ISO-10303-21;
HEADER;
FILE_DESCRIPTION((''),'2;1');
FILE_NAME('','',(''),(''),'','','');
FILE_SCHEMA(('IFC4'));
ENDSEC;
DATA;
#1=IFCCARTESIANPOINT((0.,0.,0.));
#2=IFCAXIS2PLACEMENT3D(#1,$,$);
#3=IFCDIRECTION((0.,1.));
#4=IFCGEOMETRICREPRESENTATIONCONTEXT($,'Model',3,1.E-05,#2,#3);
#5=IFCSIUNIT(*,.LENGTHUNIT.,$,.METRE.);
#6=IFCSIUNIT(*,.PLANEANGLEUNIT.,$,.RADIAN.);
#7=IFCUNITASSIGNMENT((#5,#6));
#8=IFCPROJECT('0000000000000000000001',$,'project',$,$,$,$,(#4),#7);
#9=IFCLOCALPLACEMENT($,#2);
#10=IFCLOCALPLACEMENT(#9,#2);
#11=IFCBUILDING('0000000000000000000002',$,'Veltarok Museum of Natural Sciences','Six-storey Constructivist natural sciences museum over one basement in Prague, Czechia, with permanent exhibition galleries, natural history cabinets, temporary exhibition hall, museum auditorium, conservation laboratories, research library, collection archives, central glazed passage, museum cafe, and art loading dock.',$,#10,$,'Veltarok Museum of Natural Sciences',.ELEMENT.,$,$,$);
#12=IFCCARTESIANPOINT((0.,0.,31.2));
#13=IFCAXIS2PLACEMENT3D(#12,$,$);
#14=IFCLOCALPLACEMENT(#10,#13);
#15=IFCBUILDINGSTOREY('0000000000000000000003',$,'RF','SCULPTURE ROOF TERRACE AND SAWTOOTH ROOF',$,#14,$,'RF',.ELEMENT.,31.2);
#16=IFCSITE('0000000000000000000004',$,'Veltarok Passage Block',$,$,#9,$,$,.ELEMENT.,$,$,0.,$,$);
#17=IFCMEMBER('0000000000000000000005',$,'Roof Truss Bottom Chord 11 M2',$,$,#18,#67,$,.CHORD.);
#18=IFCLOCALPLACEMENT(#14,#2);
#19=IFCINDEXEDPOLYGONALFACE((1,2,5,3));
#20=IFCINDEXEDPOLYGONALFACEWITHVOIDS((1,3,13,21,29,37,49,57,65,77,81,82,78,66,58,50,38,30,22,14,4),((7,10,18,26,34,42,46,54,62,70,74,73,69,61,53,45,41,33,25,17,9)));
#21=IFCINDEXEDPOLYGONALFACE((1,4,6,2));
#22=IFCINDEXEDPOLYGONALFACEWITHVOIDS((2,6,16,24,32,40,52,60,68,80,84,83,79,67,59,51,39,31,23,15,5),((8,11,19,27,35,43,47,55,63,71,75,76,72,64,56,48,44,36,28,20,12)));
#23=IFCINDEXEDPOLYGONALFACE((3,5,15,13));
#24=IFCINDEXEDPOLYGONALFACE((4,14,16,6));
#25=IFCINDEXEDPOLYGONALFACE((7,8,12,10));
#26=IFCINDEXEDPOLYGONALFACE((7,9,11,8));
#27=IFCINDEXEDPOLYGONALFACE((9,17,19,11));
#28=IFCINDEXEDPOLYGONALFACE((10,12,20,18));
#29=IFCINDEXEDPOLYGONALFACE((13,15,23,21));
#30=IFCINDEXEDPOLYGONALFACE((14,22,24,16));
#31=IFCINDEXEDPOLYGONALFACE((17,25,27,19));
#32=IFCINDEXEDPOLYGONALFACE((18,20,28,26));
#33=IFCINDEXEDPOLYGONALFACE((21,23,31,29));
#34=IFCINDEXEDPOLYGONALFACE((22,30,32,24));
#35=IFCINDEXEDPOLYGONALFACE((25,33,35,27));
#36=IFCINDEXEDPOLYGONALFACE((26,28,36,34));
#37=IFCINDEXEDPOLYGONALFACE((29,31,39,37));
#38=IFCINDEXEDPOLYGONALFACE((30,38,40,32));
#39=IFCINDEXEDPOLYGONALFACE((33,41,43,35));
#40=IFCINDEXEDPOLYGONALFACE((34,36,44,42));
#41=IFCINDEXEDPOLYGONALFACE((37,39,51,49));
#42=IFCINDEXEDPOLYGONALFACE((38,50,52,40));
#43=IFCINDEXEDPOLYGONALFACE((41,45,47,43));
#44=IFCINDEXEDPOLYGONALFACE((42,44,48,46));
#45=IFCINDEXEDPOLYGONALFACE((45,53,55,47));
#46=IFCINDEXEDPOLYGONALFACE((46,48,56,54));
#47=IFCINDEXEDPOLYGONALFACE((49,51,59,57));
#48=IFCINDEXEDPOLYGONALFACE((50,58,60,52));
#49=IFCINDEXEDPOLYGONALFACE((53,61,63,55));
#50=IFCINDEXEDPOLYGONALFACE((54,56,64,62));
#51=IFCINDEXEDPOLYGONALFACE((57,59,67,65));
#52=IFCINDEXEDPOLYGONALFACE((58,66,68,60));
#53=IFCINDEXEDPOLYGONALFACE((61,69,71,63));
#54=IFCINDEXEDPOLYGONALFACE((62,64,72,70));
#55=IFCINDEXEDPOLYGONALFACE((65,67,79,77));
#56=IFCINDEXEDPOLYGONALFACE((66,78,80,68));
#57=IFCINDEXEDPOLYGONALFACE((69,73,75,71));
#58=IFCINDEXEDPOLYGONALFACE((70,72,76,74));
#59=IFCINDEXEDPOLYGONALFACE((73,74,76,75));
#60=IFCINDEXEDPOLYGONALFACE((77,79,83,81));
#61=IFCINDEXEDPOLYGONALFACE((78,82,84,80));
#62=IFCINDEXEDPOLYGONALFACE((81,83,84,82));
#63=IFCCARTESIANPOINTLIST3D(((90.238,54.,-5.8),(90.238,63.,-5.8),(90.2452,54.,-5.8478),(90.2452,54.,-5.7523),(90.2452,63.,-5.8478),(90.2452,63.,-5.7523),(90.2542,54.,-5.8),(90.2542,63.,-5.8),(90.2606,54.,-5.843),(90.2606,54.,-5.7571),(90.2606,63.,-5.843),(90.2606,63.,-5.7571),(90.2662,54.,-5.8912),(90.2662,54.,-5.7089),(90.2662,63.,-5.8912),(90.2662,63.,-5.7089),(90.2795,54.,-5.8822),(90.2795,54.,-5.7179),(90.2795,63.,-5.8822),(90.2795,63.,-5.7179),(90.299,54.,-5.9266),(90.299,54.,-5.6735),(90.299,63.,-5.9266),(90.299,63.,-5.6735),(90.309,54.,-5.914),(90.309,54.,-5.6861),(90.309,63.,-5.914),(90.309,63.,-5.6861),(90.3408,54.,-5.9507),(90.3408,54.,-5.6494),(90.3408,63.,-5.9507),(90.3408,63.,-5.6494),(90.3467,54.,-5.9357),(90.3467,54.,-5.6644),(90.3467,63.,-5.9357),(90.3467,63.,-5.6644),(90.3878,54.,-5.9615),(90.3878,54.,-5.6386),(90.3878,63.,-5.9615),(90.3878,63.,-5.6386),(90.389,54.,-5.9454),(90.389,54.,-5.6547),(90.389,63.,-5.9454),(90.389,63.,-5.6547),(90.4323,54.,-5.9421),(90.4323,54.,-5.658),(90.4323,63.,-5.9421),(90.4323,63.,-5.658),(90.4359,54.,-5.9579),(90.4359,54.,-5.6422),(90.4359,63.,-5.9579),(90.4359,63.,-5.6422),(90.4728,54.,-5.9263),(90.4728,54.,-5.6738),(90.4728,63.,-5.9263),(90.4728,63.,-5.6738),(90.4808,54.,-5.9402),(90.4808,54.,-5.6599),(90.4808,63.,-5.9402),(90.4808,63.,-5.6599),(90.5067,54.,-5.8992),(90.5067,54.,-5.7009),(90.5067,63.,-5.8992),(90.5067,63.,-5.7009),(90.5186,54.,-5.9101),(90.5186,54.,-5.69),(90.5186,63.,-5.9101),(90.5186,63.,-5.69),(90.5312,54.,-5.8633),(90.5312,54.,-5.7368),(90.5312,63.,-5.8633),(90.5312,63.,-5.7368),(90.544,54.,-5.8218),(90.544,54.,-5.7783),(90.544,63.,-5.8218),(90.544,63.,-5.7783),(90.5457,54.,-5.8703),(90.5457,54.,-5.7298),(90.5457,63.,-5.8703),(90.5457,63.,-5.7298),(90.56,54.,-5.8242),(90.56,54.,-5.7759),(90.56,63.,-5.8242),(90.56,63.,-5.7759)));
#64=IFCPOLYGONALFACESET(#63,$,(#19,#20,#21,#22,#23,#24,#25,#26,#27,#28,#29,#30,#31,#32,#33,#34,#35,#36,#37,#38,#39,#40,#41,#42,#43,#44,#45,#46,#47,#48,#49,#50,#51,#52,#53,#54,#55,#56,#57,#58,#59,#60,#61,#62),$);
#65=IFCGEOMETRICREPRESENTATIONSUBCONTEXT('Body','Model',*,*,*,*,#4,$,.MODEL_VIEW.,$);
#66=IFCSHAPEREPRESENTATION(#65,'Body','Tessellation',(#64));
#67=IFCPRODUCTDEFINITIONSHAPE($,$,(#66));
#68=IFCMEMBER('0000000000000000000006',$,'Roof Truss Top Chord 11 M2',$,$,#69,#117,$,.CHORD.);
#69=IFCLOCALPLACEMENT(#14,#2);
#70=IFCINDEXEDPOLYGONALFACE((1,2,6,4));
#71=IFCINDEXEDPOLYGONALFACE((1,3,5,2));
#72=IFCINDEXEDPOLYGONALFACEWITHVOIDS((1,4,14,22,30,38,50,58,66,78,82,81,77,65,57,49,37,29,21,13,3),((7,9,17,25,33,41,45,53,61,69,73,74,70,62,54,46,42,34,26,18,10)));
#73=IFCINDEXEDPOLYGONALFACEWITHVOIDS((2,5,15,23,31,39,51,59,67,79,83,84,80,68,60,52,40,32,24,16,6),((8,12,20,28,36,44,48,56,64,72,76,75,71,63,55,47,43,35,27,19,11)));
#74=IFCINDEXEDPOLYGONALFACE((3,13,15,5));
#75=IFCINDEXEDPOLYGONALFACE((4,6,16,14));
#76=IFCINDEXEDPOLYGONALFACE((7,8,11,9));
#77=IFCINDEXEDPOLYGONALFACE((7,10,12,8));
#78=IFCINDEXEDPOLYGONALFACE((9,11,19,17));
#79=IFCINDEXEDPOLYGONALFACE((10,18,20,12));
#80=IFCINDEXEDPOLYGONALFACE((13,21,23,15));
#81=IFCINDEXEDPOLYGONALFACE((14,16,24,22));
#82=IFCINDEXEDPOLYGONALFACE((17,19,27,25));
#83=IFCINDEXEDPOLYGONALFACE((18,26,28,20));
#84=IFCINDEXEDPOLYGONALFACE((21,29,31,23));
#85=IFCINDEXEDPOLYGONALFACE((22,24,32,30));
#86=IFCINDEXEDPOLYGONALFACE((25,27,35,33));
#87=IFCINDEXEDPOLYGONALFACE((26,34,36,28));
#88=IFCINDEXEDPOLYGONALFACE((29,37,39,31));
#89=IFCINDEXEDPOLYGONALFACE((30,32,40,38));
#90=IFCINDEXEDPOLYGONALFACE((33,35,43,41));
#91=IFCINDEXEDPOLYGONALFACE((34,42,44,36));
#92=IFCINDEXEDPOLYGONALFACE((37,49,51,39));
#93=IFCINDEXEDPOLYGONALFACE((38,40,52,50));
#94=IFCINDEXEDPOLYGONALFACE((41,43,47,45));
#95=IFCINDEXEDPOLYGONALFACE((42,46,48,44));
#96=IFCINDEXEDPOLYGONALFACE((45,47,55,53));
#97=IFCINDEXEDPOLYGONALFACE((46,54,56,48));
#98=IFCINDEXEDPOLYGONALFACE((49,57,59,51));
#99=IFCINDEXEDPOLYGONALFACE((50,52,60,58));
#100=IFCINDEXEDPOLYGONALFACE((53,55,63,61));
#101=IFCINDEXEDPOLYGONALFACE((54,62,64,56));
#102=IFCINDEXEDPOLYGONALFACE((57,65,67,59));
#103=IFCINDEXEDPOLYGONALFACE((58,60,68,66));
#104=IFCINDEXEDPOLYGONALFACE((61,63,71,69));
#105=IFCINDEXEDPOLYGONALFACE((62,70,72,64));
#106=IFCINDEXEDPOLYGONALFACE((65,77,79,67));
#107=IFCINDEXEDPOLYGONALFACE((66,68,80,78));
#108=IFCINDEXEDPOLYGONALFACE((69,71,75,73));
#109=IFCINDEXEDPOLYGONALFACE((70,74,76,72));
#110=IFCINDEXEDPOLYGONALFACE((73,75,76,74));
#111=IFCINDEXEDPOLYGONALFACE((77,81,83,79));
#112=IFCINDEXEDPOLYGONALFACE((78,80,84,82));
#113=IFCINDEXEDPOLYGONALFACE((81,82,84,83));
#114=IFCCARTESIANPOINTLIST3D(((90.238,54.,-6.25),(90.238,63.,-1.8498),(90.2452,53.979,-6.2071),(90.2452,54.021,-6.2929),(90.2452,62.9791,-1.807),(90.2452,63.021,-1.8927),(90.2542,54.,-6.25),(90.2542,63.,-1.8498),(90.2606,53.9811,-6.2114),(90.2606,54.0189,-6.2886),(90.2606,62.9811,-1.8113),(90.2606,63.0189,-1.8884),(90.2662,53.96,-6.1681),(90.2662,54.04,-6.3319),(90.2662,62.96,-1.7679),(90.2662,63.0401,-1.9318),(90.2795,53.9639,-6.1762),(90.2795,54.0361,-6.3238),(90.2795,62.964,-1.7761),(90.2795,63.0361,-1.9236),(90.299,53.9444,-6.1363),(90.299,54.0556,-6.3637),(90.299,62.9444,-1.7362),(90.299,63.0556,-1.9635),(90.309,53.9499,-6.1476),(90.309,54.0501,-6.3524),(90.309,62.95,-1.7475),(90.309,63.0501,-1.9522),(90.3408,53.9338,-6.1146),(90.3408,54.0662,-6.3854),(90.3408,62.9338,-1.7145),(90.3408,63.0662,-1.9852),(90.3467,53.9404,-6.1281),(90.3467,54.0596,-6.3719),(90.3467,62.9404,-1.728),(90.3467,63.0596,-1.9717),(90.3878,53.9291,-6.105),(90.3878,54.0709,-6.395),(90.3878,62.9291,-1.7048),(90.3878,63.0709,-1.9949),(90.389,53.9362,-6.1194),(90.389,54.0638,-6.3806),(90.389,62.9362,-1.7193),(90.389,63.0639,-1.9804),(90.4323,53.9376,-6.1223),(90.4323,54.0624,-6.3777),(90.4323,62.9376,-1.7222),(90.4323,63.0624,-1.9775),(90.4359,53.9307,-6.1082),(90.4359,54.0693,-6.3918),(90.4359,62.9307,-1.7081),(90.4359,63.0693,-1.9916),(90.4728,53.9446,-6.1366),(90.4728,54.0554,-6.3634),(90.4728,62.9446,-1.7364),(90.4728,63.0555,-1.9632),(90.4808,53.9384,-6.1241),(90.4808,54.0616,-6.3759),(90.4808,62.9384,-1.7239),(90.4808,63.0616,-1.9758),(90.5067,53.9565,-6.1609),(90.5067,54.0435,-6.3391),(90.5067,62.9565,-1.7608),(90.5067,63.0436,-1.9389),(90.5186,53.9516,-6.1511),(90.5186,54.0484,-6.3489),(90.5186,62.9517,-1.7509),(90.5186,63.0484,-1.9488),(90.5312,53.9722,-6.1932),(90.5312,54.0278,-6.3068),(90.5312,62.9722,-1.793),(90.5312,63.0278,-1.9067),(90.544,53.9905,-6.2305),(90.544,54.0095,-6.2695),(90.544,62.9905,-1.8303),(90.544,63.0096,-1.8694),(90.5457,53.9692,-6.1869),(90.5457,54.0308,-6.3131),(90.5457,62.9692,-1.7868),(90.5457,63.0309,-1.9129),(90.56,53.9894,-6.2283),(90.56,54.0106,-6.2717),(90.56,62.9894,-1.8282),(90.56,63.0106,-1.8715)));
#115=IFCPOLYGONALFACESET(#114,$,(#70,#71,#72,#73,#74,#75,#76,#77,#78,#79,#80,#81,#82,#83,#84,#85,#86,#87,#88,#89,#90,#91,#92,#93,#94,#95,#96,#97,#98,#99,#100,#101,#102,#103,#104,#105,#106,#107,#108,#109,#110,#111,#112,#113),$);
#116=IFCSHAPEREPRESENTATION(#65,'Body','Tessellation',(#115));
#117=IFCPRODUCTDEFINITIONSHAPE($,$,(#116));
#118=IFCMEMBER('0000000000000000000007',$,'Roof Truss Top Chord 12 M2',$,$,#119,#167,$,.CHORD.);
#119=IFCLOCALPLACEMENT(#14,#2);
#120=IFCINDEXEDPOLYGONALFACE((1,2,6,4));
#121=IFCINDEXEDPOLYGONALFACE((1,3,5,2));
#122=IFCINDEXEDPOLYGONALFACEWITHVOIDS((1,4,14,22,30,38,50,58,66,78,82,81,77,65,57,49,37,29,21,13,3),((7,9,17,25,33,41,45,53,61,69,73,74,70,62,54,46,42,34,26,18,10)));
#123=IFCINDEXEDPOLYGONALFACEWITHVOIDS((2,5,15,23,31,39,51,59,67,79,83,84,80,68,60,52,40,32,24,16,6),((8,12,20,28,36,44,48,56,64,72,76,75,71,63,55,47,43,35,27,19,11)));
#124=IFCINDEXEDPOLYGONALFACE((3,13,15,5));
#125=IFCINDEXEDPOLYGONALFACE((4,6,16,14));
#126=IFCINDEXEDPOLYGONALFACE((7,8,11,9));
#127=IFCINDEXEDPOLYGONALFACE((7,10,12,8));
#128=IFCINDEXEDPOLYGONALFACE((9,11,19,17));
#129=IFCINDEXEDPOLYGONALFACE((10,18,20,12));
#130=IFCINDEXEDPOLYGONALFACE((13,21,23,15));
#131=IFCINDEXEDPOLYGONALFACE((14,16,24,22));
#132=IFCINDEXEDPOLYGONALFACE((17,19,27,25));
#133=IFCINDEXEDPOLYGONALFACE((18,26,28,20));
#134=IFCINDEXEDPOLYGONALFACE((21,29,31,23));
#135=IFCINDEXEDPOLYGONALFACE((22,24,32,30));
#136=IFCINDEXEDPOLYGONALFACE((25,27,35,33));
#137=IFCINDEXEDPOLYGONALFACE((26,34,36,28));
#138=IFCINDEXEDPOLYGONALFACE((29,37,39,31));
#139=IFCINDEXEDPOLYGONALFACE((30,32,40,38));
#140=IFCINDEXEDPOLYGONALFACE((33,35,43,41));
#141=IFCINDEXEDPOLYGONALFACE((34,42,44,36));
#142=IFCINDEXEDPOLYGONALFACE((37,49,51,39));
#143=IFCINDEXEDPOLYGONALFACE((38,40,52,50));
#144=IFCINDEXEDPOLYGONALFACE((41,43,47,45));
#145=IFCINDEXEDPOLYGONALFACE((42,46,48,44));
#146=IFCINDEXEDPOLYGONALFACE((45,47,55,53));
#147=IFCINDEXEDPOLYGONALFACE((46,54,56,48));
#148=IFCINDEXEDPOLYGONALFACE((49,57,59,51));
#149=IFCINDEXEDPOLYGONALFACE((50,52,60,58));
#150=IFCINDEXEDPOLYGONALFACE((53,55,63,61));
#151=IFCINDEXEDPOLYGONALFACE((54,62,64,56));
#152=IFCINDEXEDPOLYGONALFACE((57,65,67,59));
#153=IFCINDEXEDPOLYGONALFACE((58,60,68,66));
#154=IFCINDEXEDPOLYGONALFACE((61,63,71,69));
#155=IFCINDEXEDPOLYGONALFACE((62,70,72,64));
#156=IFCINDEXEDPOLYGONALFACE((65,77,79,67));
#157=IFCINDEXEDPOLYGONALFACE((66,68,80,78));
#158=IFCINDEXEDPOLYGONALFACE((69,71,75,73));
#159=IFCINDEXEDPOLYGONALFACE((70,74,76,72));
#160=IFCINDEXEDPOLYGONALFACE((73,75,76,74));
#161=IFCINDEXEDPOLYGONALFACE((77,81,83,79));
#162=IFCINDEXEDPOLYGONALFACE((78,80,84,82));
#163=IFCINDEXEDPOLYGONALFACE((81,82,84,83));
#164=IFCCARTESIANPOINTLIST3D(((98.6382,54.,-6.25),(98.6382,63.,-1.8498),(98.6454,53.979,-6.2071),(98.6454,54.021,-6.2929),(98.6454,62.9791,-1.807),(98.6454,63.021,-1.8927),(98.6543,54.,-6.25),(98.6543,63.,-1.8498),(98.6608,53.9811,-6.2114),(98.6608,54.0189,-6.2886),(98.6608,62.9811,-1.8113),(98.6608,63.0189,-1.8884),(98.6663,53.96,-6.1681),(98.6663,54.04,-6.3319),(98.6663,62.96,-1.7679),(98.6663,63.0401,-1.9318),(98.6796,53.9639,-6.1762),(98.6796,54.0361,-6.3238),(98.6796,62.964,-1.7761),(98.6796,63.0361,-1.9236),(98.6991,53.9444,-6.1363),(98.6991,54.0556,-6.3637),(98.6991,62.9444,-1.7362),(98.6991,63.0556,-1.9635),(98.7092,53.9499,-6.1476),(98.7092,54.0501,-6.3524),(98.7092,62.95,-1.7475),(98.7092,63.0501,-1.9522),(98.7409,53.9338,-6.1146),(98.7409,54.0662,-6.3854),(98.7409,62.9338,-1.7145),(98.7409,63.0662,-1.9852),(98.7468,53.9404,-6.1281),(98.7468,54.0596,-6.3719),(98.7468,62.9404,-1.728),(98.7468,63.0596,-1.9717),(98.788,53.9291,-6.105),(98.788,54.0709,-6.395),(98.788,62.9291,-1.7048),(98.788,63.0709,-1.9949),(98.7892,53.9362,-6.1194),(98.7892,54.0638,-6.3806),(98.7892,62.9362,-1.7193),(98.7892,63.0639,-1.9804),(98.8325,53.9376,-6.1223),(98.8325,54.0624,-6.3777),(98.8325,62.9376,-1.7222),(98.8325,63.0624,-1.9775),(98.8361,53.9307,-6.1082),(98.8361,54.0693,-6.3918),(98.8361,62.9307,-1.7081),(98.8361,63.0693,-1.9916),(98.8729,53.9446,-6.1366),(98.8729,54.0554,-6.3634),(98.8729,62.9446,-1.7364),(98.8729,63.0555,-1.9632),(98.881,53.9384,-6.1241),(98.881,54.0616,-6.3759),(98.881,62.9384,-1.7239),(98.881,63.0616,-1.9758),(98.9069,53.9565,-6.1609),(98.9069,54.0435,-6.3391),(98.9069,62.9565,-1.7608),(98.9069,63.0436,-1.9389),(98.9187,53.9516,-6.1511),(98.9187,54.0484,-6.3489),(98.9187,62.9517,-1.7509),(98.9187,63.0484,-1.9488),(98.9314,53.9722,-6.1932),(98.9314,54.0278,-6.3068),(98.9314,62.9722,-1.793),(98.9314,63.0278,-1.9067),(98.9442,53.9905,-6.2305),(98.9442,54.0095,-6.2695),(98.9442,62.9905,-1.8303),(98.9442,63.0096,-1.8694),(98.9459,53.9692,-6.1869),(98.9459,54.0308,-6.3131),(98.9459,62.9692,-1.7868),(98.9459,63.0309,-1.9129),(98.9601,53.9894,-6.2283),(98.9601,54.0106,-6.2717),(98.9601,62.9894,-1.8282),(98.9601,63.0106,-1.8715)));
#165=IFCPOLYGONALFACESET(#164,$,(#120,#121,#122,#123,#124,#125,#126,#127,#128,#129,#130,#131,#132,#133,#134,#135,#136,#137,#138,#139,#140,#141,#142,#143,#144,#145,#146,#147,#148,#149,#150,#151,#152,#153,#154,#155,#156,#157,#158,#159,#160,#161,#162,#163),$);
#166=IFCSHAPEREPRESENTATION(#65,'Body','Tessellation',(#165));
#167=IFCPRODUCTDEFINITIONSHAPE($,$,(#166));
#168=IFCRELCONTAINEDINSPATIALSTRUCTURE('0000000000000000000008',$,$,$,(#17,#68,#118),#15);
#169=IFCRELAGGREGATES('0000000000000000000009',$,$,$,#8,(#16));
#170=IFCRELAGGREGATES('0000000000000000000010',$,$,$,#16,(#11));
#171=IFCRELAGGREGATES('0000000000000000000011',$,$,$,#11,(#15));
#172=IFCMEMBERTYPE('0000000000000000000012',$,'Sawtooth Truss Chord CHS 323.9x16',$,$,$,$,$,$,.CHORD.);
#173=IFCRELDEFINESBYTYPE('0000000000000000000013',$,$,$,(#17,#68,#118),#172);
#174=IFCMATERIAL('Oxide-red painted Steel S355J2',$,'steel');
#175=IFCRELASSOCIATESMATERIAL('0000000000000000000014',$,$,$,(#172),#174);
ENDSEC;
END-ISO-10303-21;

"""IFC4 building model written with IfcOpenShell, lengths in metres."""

from ifc_helpers import new_model, si_unit, direction, frame, origin, origin_2d, place, context, subcontext, project, spatial, hollow_circle, extrude, material, material_profile, profile_set, type_object, element, save


model = new_model("IFC4")

# Units and contexts
model_context = context("Model", 3, precision=1e-05, world=origin(), true_north=direction((0.0, 1.0)))
body_context = subcontext(model_context, "Body", "Model", "MODEL_VIEW")
ifc_project = project(units=[si_unit("LENGTHUNIT", "METRE"), si_unit("PLANEANGLEUNIT", "RADIAN")], contexts=[model_context])

# Site, building, storey
site_placement = place(None, origin())
site = spatial("IfcSite", under=ifc_project, at=site_placement, Name="Veltarok Passage Block", CompositionType="ELEMENT", RefElevation=0.0)
building_placement = place(site_placement, origin())
building = spatial("IfcBuilding", under=site, at=building_placement, Name="Veltarok Museum of Natural Sciences", Description="Six-storey Constructivist natural sciences museum over one basement in Prague, Czechia, with permanent exhibition galleries, natural history cabinets, temporary exhibition hall, museum auditorium, conservation laboratories, research library, collection archives, central glazed passage, museum cafe, and art loading dock.", LongName="Veltarok Museum of Natural Sciences", CompositionType="ELEMENT")
storey_placement = place(building_placement, frame((0.0, 0.0, 31.2)))
storey = spatial("IfcBuildingStorey", under=building, at=storey_placement, Name="RF", Description="SCULPTURE ROOF TERRACE AND SAWTOOTH ROOF", LongName="RF", CompositionType="ELEMENT", Elevation=31.2)

# Members
ifc_material_1 = material(Name="Oxide-red painted Steel S355J2", Category="steel")
ifc_material_profile_1 = material_profile(ifc_material_1, hollow_circle(Radius=0.1619, WallThickness=0.0161, at=origin_2d()), Name="CHS 323.9x16")
ifc_profile_set_1 = profile_set([ifc_material_profile_1], Name="Oxide-red painted Steel S355J2")
member_type_1 = type_object("IfcMemberType", Name="Sawtooth Truss Chord CHS 323.9x16", PredefinedType="CHORD", material=ifc_profile_set_1)
member_1_placement = place(storey_placement, frame((90.3999, 54.0, -5.8), z_axis=(0.0, 1.0, 0.0), x_axis=(-1.0, 0.0, 0.0)))
element("IfcMember", 1, at=member_1_placement, inside=storey, type_object=member_type_1, Name="Roof Truss Bottom Chord 11 M2", PredefinedType="CHORD", context=body_context, shape_type="SweptSolid", body=[
    extrude(hollow_circle(Radius=0.1619, WallThickness=0.0161, at=origin_2d()), origin(), (0.0, 0.0, 1.0), 9.0),
])
for number, where, z_axis, x_axis, name in (
    (2, (90.3999, 54.0, -6.25), (0.0, 0.898379, 0.439222), (-1.0, 0.0, 0.0), "Roof Truss Top Chord 11 M2"),
    (3, (98.8, 54.0, -6.25), (0.0, 0.898379, 0.439222), (-1.0, 0.0, 0.0), "Roof Truss Top Chord 12 M2"),
):
    element("IfcMember", number, at=place(storey_placement, frame(where, z_axis=z_axis, x_axis=x_axis)), inside=storey, type_object=member_type_1, Name=name, PredefinedType="CHORD", context=body_context, shape_type="SweptSolid", body=[
        extrude(hollow_circle(Radius=0.1619, WallThickness=0.0161, at=origin_2d()), origin(), (0.0, 0.0, 1.0), 10.0181),
    ])

save(model, "model.ifc")
